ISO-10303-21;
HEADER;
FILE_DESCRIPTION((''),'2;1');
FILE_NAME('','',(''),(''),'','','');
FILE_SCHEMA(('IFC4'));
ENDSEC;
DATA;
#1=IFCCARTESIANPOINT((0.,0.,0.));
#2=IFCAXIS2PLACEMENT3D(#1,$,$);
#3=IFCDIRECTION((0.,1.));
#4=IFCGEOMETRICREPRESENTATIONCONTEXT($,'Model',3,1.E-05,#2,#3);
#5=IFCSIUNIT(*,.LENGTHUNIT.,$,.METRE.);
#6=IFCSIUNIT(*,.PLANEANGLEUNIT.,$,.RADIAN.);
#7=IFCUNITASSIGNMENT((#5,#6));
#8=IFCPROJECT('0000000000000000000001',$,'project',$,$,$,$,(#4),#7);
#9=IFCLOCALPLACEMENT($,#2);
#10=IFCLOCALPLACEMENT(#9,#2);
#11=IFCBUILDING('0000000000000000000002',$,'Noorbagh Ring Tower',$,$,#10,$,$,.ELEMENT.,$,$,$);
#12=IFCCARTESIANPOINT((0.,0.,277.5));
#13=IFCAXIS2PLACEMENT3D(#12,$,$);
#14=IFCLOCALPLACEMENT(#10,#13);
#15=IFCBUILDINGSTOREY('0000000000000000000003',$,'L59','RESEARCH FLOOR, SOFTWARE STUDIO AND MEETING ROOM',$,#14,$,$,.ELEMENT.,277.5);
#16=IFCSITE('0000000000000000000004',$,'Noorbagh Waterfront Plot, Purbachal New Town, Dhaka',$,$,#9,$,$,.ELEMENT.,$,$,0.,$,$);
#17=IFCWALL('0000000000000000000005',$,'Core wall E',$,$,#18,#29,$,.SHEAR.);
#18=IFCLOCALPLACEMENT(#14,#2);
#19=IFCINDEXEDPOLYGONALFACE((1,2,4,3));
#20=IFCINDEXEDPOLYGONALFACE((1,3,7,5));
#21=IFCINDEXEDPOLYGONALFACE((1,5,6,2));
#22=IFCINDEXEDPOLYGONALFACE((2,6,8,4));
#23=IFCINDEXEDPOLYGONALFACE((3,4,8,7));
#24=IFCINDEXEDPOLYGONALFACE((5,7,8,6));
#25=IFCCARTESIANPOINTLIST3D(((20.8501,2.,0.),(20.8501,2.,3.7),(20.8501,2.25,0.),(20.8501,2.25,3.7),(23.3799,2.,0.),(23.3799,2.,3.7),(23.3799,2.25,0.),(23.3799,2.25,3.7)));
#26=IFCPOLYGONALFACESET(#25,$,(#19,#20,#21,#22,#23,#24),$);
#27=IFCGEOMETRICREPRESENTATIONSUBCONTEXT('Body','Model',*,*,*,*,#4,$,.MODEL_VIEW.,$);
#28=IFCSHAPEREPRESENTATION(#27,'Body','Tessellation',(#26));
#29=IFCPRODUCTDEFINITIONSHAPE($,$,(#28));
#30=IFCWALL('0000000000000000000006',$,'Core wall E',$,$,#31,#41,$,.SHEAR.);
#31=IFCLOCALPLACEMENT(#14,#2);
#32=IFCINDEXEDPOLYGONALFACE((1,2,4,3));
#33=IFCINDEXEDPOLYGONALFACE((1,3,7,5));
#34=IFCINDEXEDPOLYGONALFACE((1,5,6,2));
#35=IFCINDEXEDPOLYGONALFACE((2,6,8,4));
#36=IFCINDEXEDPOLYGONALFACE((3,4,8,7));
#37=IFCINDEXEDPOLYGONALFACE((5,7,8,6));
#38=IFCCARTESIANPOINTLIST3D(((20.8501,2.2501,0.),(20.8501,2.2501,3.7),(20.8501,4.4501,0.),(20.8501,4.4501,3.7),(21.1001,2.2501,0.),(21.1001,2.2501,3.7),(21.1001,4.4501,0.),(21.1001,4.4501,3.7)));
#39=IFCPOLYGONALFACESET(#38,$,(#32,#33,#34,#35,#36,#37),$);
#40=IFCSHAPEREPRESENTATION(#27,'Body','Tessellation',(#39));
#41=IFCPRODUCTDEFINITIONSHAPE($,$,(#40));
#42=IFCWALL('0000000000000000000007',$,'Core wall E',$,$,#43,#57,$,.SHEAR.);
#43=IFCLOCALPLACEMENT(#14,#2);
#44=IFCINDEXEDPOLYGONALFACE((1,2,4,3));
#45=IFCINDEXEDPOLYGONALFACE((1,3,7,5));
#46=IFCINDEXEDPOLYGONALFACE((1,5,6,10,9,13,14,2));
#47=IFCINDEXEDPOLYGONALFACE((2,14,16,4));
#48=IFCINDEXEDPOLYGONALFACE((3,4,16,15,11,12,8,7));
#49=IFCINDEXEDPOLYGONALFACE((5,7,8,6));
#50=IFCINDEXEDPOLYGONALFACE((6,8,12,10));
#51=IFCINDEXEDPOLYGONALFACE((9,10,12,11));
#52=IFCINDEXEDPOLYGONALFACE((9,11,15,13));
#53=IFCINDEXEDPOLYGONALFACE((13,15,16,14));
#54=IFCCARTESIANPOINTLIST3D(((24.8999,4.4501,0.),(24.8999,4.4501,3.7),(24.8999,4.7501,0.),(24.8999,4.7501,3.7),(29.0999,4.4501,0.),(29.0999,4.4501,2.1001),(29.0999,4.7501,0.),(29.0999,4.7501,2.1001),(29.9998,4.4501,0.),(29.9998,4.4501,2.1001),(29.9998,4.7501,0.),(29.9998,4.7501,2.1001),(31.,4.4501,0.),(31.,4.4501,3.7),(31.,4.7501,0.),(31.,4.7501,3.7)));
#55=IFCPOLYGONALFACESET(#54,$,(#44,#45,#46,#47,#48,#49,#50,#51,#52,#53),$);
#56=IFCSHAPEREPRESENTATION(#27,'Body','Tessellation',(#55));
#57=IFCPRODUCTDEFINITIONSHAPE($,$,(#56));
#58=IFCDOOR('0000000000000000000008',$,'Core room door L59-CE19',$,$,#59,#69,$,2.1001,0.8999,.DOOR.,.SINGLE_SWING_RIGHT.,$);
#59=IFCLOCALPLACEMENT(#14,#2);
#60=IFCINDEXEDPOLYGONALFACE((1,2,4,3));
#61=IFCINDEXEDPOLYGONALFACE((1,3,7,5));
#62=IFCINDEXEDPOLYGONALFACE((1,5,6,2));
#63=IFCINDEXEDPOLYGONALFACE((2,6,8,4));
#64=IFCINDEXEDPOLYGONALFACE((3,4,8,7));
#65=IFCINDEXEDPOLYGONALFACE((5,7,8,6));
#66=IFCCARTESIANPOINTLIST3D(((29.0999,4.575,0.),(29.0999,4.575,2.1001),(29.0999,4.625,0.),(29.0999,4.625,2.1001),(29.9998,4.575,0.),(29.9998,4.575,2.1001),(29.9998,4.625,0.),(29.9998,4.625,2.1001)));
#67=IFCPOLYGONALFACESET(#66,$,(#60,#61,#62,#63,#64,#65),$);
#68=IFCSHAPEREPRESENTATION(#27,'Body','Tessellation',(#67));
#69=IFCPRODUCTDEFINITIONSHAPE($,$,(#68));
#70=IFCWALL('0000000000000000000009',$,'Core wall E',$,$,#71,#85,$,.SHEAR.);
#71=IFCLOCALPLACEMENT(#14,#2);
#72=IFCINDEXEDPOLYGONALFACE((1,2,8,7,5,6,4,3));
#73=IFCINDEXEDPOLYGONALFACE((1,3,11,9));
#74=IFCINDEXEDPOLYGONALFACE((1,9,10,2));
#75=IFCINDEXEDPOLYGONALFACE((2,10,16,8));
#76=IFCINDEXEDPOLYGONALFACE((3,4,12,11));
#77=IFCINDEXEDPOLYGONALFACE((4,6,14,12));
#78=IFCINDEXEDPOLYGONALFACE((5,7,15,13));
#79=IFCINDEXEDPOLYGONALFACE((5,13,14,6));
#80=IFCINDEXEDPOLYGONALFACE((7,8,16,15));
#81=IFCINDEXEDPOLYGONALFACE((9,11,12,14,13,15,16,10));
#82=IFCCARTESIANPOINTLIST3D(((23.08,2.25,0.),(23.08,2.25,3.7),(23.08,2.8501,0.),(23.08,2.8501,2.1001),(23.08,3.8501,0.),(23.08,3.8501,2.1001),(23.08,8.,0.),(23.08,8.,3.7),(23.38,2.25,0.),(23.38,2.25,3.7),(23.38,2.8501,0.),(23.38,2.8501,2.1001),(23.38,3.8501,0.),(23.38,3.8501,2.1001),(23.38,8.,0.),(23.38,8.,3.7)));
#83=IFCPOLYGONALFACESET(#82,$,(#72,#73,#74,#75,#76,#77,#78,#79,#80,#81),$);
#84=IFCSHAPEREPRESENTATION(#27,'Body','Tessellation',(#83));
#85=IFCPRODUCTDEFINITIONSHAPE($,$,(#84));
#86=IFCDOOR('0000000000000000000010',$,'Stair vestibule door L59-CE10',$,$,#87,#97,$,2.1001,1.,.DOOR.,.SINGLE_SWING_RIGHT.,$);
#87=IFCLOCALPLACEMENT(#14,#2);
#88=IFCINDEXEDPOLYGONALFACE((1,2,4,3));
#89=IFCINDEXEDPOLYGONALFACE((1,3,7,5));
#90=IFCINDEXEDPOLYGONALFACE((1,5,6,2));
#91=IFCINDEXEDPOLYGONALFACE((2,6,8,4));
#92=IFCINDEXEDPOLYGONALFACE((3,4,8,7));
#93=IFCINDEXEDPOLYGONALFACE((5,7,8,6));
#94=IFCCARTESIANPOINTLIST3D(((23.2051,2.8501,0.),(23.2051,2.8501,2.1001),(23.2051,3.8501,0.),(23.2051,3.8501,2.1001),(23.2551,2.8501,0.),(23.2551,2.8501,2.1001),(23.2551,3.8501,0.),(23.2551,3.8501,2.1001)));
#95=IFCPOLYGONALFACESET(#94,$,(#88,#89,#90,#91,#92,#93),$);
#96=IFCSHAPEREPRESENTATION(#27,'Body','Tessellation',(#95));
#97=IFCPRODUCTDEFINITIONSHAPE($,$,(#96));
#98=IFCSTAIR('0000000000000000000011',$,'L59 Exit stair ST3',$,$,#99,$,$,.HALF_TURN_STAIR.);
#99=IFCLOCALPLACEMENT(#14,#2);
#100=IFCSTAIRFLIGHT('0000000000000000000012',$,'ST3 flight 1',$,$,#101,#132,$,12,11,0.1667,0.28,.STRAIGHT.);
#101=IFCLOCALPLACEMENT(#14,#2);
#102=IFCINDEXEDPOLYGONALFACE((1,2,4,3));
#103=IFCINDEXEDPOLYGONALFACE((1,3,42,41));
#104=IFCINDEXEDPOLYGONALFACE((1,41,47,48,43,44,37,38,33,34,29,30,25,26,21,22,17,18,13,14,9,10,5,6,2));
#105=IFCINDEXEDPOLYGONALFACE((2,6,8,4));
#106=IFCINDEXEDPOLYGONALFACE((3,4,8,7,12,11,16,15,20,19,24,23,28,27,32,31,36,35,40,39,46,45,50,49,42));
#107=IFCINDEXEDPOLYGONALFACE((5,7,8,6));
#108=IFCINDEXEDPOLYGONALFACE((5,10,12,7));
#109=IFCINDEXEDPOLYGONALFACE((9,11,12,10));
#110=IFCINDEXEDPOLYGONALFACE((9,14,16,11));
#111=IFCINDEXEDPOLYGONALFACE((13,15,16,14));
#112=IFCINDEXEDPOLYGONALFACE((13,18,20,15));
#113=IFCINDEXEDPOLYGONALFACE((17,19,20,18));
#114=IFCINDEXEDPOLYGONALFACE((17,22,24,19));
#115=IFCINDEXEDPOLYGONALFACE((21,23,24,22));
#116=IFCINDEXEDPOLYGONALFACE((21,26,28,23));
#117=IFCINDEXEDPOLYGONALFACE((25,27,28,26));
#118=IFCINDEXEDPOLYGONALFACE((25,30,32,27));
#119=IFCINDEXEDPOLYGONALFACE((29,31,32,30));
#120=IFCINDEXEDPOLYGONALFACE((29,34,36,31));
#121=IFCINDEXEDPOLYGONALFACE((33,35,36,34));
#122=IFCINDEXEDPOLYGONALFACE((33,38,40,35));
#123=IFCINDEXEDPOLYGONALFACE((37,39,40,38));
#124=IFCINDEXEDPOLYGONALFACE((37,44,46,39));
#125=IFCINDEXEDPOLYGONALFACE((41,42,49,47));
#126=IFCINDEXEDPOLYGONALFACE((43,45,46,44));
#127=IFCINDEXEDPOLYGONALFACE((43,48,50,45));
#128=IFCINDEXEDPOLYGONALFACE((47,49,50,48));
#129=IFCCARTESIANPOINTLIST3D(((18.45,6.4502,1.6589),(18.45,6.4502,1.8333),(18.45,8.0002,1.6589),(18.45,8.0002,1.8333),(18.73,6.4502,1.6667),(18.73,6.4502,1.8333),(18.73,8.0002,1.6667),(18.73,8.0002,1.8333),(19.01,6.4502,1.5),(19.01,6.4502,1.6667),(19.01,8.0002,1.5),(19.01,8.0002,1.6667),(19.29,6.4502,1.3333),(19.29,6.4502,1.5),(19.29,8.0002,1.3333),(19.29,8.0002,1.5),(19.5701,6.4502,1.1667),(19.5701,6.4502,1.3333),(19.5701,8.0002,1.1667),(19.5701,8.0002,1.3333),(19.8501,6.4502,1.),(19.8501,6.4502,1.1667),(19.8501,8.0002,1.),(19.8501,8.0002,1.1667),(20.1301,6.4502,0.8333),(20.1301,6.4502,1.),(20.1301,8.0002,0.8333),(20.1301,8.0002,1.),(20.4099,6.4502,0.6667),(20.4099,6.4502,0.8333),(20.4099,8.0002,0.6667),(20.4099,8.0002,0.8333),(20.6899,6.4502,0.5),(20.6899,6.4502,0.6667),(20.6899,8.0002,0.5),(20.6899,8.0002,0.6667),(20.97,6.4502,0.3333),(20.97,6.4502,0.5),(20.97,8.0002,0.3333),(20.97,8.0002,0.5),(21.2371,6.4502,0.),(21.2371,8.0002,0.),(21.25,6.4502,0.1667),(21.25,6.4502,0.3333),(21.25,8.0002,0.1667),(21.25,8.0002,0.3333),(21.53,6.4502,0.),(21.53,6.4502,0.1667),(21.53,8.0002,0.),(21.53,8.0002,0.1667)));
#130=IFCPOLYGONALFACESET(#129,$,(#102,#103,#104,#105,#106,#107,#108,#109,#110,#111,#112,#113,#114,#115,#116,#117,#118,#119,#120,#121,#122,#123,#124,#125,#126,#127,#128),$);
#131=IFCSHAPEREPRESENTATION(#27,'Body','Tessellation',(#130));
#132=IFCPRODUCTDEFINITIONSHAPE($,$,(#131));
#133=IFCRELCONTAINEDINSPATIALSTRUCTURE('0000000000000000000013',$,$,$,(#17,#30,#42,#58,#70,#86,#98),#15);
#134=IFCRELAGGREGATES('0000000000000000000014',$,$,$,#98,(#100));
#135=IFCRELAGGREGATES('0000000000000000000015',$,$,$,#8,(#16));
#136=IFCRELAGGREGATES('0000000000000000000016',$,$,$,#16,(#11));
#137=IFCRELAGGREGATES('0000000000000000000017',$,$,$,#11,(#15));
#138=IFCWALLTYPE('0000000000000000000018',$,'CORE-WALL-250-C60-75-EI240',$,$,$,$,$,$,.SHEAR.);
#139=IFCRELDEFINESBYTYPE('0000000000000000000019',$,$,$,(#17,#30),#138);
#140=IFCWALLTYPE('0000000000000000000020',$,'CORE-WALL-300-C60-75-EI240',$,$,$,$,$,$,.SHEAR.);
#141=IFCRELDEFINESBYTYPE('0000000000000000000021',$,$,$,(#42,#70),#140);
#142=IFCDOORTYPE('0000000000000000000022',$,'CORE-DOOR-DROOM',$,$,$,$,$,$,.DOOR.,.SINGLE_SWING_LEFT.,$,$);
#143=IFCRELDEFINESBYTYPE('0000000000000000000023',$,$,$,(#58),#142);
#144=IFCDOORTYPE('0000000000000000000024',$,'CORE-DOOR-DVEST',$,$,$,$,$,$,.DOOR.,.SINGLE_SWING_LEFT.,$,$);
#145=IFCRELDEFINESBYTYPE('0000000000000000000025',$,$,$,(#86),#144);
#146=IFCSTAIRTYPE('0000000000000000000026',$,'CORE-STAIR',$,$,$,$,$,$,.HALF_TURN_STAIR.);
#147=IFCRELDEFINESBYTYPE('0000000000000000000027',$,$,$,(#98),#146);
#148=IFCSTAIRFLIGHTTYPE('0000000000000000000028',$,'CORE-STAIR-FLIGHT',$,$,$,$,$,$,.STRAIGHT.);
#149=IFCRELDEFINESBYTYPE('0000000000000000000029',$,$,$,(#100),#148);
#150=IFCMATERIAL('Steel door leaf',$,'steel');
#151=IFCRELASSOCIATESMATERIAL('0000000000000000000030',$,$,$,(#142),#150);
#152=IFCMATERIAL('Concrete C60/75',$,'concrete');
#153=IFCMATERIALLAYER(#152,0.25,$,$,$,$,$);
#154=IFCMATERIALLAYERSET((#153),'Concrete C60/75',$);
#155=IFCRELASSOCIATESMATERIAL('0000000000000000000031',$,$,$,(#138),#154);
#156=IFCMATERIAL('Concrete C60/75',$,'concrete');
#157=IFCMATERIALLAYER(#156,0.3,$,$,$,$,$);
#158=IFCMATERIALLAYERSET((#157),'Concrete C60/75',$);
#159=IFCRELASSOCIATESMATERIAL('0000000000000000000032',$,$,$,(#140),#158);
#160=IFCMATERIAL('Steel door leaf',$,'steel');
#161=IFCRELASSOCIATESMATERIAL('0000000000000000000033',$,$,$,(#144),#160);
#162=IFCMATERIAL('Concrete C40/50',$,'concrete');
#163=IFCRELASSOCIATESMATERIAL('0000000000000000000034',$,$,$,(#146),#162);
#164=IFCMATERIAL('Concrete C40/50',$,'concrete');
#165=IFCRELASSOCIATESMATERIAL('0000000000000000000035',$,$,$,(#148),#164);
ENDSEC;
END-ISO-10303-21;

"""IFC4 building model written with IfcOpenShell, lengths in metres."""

from ifc_helpers import new_model, si_unit, direction, frame, frame_2d, origin, place, context, subcontext, project, spatial, polyline, rectangle, outline, extrude, material, layer, layer_set, type_object, element, fill, aggregate, save


model = new_model("IFC4")

# Units and contexts
model_context = context("Model", 3, precision=1e-05, world=origin(), true_north=direction((0.0, 1.0)))
body_context = subcontext(model_context, "Body", "Model", "MODEL_VIEW")
ifc_project = project(units=[si_unit("LENGTHUNIT", "METRE"), si_unit("PLANEANGLEUNIT", "RADIAN")], contexts=[model_context])

# Site, building, storey
site_placement = place(None, origin())
site = spatial("IfcSite", under=ifc_project, at=site_placement, Name="Noorbagh Waterfront Plot, Purbachal New Town, Dhaka", CompositionType="ELEMENT", RefElevation=0.0)
building_placement = place(site_placement, origin())
building = spatial("IfcBuilding", under=site, at=building_placement, Name="Noorbagh Ring Tower", CompositionType="ELEMENT")
storey_placement = place(building_placement, frame((0.0, 0.0, 277.5)))
storey = spatial("IfcBuildingStorey", under=building, at=storey_placement, Name="L59", Description="RESEARCH FLOOR, SOFTWARE STUDIO AND MEETING ROOM", CompositionType="ELEMENT", Elevation=277.5)

# Shared definitions
ifc_material_1 = material(Name="Steel door leaf", Category="steel")
door_type_1 = type_object("IfcDoorType", Name="CORE-DOOR-DROOM", OperationType="SINGLE_SWING_LEFT", PredefinedType="DOOR", material=ifc_material_1)

# Walls
ifc_material_2 = material(Name="Concrete C60/75", Category="concrete")
ifc_layer_1 = layer(ifc_material_2, 0.25)
ifc_layer_set_1 = layer_set([ifc_layer_1], Name="Concrete C60/75")
wall_type_1 = type_object("IfcWallType", Name="CORE-WALL-250-C60-75-EI240", PredefinedType="SHEAR", material=ifc_layer_set_1)
wall_1_placement = place(storey_placement, frame((20.8501, 2.125, 0.0), z_axis=(0.0, 0.0, 1.0), x_axis=(1.0, 0.0, 0.0)))
element("IfcWall", 1, at=wall_1_placement, inside=storey, type_object=wall_type_1, Name="Core wall E", PredefinedType="SHEAR", context=body_context, shape_type="SweptSolid", body=[
    extrude(rectangle(XDim=2.5298, YDim=0.25, at=frame_2d((1.2649, 0.0))), origin(), (0.0, 0.0, 1.0), 3.7),
])
wall_2_placement = place(storey_placement, frame((20.9751, 2.25, 0.0), z_axis=(0.0, 0.0, 1.0), x_axis=(0.0, 1.0, 0.0)))
element("IfcWall", 2, at=wall_2_placement, inside=storey, type_object=wall_type_1, Name="Core wall E", PredefinedType="SHEAR", context=body_context, shape_type="SweptSolid", body=[
    extrude(rectangle(XDim=2.2, YDim=0.25, at=frame_2d((1.1001, 0.0))), origin(), (0.0, 0.0, 1.0), 3.7),
])

# Walls, openings, doors
ifc_material_3 = material(Name="Concrete C60/75", Category="concrete")
ifc_layer_2 = layer(ifc_material_3, 0.3)
ifc_layer_set_2 = layer_set([ifc_layer_2], Name="Concrete C60/75")
wall_type_2 = type_object("IfcWallType", Name="CORE-WALL-300-C60-75-EI240", PredefinedType="SHEAR", material=ifc_layer_set_2)
wall_3_placement = place(storey_placement, frame((24.8999, 4.6001, 0.0), z_axis=(0.0, 0.0, 1.0), x_axis=(1.0, 0.0, 0.0)))
wall_3 = element("IfcWall", 3, at=wall_3_placement, inside=storey, type_object=wall_type_2, Name="Core wall E", PredefinedType="SHEAR", context=body_context, shape_type="SweptSolid", body=[
    extrude(rectangle(XDim=6.1001, YDim=0.3, at=frame_2d((3.05, 0.0))), origin(), (0.0, 0.0, 1.0), 3.7),
])
opening_1_placement = place(wall_3_placement, frame((4.2, 0.0, 0.0)))
opening_1 = element("IfcOpeningElement", 4, at=opening_1_placement, cuts=wall_3, PredefinedType="OPENING", context=body_context, shape_type="SweptSolid", body=[
    extrude(rectangle(XDim=0.8999, YDim=2.1001, at=frame_2d((0.45, 1.05))), frame((0.0, 0.1602, 0.0), z_axis=(0.0, -1.0, 0.0), x_axis=(1.0, 0.0, 0.0)), (0.0, 0.0, 1.0), 0.3201),
])
door_1_placement = place(opening_1_placement, origin())
door_1 = element("IfcDoor", 5, at=door_1_placement, inside=storey, type_object=door_type_1, Name="Core room door L59-CE19", OperationType="SINGLE_SWING_RIGHT", OverallHeight=2.1001, OverallWidth=0.8999, PredefinedType="DOOR", context=body_context, shape_type="SweptSolid", body=[
    extrude(rectangle(XDim=0.8999, YDim=2.1001, at=frame_2d((0.45, 1.05))), frame((0.0, 0.0249, 0.0), z_axis=(0.0, -1.0, 0.0), x_axis=(1.0, 0.0, 0.0)), (0.0, 0.0, 1.0), 0.05),
])
fill(opening_1, door_1)
wall_4_placement = place(storey_placement, frame((23.23, 2.25, 0.0), z_axis=(0.0, 0.0, 1.0), x_axis=(0.0, 1.0, 0.0)))
wall_4 = element("IfcWall", 6, at=wall_4_placement, inside=storey, type_object=wall_type_2, Name="Core wall E", PredefinedType="SHEAR", context=body_context, shape_type="SweptSolid", body=[
    extrude(rectangle(XDim=5.75, YDim=0.3, at=frame_2d((2.875, 0.0))), origin(), (0.0, 0.0, 1.0), 3.7),
])
opening_2_placement = place(wall_4_placement, frame((0.6001, 0.0, 0.0)))
opening_2 = element("IfcOpeningElement", 7, at=opening_2_placement, cuts=wall_4, PredefinedType="OPENING", context=body_context, shape_type="SweptSolid", body=[
    extrude(rectangle(XDim=1.0, YDim=2.1001, at=frame_2d((0.5, 1.05))), frame((0.0, 0.1602, 0.0), z_axis=(0.0, -1.0, 0.0), x_axis=(1.0, 0.0, 0.0)), (0.0, 0.0, 1.0), 0.3201),
])
ifc_material_4 = material(Name="Steel door leaf", Category="steel")
door_type_2 = type_object("IfcDoorType", Name="CORE-DOOR-DVEST", OperationType="SINGLE_SWING_LEFT", PredefinedType="DOOR", material=ifc_material_4)
door_2_placement = place(opening_2_placement, origin())
door_2 = element("IfcDoor", 8, at=door_2_placement, inside=storey, type_object=door_type_2, Name="Stair vestibule door L59-CE10", OperationType="SINGLE_SWING_RIGHT", OverallHeight=2.1001, OverallWidth=1.0, PredefinedType="DOOR", context=body_context, shape_type="SweptSolid", body=[
    extrude(rectangle(XDim=1.0, YDim=2.1001, at=frame_2d((0.5, 1.05))), frame((0.0, 0.0249, 0.0), z_axis=(0.0, -1.0, 0.0), x_axis=(1.0, 0.0, 0.0)), (0.0, 0.0, 1.0), 0.05),
])
fill(opening_2, door_2)

# Stair, stair flight
ifc_material_5 = material(Name="Concrete C40/50", Category="concrete")
stair_type = type_object("IfcStairType", Name="CORE-STAIR", PredefinedType="HALF_TURN_STAIR", material=ifc_material_5)
stair_placement = place(storey_placement, origin())
stair = element("IfcStair", 9, at=stair_placement, inside=storey, type_object=stair_type, Name="L59 Exit stair ST3", PredefinedType="HALF_TURN_STAIR")
ifc_material_6 = material(Name="Concrete C40/50", Category="concrete")
stair_flight_type = type_object("IfcStairFlightType", Name="CORE-STAIR-FLIGHT", PredefinedType="STRAIGHT", material=ifc_material_6)
stair_flight_placement = place(storey_placement, frame((21.53, 7.2251, 0.0), z_axis=(0.0, 0.0, 1.0), x_axis=(-1.0, 0.0, 0.0)))
stair_flight = element("IfcStairFlight", 10, at=stair_flight_placement, type_object=stair_flight_type, Name="ST3 flight 1", NumberOfRisers=12, NumberOfTreads=11, PredefinedType="STRAIGHT", RiserHeight=0.1667, TreadLength=0.28, context=body_context, shape_type="SweptSolid", body=[
    extrude(outline(polyline([(0.0, 0.0), (0.0, 0.1667), (0.28, 0.1667), (0.28, 0.3333), (0.5601, 0.3333), (0.5601, 0.5), (0.8401, 0.5), (0.8401, 0.6667), (1.1201, 0.6667), (1.1201, 0.8333), (1.3999, 0.8333), (1.3999, 1.0), (1.6799, 1.0), (1.6799, 1.1667), (1.96, 1.1667), (1.96, 1.3333), (2.24, 1.3333), (2.24, 1.5), (2.52, 1.5), (2.52, 1.6667), (2.8, 1.6667), (2.8, 1.8333), (3.0801, 1.8333), (3.0801, 2.0), (3.0801, 1.6589), (0.293, 0.0), (0.0, 0.0)])), frame((0.0, 0.7749, 0.0), z_axis=(0.0, -1.0, 0.0), x_axis=(1.0, 0.0, 0.0)), (0.0, 0.0, 1.0), 1.55),
])
aggregate(stair, [stair_flight])

save(model, "model.ifc")
